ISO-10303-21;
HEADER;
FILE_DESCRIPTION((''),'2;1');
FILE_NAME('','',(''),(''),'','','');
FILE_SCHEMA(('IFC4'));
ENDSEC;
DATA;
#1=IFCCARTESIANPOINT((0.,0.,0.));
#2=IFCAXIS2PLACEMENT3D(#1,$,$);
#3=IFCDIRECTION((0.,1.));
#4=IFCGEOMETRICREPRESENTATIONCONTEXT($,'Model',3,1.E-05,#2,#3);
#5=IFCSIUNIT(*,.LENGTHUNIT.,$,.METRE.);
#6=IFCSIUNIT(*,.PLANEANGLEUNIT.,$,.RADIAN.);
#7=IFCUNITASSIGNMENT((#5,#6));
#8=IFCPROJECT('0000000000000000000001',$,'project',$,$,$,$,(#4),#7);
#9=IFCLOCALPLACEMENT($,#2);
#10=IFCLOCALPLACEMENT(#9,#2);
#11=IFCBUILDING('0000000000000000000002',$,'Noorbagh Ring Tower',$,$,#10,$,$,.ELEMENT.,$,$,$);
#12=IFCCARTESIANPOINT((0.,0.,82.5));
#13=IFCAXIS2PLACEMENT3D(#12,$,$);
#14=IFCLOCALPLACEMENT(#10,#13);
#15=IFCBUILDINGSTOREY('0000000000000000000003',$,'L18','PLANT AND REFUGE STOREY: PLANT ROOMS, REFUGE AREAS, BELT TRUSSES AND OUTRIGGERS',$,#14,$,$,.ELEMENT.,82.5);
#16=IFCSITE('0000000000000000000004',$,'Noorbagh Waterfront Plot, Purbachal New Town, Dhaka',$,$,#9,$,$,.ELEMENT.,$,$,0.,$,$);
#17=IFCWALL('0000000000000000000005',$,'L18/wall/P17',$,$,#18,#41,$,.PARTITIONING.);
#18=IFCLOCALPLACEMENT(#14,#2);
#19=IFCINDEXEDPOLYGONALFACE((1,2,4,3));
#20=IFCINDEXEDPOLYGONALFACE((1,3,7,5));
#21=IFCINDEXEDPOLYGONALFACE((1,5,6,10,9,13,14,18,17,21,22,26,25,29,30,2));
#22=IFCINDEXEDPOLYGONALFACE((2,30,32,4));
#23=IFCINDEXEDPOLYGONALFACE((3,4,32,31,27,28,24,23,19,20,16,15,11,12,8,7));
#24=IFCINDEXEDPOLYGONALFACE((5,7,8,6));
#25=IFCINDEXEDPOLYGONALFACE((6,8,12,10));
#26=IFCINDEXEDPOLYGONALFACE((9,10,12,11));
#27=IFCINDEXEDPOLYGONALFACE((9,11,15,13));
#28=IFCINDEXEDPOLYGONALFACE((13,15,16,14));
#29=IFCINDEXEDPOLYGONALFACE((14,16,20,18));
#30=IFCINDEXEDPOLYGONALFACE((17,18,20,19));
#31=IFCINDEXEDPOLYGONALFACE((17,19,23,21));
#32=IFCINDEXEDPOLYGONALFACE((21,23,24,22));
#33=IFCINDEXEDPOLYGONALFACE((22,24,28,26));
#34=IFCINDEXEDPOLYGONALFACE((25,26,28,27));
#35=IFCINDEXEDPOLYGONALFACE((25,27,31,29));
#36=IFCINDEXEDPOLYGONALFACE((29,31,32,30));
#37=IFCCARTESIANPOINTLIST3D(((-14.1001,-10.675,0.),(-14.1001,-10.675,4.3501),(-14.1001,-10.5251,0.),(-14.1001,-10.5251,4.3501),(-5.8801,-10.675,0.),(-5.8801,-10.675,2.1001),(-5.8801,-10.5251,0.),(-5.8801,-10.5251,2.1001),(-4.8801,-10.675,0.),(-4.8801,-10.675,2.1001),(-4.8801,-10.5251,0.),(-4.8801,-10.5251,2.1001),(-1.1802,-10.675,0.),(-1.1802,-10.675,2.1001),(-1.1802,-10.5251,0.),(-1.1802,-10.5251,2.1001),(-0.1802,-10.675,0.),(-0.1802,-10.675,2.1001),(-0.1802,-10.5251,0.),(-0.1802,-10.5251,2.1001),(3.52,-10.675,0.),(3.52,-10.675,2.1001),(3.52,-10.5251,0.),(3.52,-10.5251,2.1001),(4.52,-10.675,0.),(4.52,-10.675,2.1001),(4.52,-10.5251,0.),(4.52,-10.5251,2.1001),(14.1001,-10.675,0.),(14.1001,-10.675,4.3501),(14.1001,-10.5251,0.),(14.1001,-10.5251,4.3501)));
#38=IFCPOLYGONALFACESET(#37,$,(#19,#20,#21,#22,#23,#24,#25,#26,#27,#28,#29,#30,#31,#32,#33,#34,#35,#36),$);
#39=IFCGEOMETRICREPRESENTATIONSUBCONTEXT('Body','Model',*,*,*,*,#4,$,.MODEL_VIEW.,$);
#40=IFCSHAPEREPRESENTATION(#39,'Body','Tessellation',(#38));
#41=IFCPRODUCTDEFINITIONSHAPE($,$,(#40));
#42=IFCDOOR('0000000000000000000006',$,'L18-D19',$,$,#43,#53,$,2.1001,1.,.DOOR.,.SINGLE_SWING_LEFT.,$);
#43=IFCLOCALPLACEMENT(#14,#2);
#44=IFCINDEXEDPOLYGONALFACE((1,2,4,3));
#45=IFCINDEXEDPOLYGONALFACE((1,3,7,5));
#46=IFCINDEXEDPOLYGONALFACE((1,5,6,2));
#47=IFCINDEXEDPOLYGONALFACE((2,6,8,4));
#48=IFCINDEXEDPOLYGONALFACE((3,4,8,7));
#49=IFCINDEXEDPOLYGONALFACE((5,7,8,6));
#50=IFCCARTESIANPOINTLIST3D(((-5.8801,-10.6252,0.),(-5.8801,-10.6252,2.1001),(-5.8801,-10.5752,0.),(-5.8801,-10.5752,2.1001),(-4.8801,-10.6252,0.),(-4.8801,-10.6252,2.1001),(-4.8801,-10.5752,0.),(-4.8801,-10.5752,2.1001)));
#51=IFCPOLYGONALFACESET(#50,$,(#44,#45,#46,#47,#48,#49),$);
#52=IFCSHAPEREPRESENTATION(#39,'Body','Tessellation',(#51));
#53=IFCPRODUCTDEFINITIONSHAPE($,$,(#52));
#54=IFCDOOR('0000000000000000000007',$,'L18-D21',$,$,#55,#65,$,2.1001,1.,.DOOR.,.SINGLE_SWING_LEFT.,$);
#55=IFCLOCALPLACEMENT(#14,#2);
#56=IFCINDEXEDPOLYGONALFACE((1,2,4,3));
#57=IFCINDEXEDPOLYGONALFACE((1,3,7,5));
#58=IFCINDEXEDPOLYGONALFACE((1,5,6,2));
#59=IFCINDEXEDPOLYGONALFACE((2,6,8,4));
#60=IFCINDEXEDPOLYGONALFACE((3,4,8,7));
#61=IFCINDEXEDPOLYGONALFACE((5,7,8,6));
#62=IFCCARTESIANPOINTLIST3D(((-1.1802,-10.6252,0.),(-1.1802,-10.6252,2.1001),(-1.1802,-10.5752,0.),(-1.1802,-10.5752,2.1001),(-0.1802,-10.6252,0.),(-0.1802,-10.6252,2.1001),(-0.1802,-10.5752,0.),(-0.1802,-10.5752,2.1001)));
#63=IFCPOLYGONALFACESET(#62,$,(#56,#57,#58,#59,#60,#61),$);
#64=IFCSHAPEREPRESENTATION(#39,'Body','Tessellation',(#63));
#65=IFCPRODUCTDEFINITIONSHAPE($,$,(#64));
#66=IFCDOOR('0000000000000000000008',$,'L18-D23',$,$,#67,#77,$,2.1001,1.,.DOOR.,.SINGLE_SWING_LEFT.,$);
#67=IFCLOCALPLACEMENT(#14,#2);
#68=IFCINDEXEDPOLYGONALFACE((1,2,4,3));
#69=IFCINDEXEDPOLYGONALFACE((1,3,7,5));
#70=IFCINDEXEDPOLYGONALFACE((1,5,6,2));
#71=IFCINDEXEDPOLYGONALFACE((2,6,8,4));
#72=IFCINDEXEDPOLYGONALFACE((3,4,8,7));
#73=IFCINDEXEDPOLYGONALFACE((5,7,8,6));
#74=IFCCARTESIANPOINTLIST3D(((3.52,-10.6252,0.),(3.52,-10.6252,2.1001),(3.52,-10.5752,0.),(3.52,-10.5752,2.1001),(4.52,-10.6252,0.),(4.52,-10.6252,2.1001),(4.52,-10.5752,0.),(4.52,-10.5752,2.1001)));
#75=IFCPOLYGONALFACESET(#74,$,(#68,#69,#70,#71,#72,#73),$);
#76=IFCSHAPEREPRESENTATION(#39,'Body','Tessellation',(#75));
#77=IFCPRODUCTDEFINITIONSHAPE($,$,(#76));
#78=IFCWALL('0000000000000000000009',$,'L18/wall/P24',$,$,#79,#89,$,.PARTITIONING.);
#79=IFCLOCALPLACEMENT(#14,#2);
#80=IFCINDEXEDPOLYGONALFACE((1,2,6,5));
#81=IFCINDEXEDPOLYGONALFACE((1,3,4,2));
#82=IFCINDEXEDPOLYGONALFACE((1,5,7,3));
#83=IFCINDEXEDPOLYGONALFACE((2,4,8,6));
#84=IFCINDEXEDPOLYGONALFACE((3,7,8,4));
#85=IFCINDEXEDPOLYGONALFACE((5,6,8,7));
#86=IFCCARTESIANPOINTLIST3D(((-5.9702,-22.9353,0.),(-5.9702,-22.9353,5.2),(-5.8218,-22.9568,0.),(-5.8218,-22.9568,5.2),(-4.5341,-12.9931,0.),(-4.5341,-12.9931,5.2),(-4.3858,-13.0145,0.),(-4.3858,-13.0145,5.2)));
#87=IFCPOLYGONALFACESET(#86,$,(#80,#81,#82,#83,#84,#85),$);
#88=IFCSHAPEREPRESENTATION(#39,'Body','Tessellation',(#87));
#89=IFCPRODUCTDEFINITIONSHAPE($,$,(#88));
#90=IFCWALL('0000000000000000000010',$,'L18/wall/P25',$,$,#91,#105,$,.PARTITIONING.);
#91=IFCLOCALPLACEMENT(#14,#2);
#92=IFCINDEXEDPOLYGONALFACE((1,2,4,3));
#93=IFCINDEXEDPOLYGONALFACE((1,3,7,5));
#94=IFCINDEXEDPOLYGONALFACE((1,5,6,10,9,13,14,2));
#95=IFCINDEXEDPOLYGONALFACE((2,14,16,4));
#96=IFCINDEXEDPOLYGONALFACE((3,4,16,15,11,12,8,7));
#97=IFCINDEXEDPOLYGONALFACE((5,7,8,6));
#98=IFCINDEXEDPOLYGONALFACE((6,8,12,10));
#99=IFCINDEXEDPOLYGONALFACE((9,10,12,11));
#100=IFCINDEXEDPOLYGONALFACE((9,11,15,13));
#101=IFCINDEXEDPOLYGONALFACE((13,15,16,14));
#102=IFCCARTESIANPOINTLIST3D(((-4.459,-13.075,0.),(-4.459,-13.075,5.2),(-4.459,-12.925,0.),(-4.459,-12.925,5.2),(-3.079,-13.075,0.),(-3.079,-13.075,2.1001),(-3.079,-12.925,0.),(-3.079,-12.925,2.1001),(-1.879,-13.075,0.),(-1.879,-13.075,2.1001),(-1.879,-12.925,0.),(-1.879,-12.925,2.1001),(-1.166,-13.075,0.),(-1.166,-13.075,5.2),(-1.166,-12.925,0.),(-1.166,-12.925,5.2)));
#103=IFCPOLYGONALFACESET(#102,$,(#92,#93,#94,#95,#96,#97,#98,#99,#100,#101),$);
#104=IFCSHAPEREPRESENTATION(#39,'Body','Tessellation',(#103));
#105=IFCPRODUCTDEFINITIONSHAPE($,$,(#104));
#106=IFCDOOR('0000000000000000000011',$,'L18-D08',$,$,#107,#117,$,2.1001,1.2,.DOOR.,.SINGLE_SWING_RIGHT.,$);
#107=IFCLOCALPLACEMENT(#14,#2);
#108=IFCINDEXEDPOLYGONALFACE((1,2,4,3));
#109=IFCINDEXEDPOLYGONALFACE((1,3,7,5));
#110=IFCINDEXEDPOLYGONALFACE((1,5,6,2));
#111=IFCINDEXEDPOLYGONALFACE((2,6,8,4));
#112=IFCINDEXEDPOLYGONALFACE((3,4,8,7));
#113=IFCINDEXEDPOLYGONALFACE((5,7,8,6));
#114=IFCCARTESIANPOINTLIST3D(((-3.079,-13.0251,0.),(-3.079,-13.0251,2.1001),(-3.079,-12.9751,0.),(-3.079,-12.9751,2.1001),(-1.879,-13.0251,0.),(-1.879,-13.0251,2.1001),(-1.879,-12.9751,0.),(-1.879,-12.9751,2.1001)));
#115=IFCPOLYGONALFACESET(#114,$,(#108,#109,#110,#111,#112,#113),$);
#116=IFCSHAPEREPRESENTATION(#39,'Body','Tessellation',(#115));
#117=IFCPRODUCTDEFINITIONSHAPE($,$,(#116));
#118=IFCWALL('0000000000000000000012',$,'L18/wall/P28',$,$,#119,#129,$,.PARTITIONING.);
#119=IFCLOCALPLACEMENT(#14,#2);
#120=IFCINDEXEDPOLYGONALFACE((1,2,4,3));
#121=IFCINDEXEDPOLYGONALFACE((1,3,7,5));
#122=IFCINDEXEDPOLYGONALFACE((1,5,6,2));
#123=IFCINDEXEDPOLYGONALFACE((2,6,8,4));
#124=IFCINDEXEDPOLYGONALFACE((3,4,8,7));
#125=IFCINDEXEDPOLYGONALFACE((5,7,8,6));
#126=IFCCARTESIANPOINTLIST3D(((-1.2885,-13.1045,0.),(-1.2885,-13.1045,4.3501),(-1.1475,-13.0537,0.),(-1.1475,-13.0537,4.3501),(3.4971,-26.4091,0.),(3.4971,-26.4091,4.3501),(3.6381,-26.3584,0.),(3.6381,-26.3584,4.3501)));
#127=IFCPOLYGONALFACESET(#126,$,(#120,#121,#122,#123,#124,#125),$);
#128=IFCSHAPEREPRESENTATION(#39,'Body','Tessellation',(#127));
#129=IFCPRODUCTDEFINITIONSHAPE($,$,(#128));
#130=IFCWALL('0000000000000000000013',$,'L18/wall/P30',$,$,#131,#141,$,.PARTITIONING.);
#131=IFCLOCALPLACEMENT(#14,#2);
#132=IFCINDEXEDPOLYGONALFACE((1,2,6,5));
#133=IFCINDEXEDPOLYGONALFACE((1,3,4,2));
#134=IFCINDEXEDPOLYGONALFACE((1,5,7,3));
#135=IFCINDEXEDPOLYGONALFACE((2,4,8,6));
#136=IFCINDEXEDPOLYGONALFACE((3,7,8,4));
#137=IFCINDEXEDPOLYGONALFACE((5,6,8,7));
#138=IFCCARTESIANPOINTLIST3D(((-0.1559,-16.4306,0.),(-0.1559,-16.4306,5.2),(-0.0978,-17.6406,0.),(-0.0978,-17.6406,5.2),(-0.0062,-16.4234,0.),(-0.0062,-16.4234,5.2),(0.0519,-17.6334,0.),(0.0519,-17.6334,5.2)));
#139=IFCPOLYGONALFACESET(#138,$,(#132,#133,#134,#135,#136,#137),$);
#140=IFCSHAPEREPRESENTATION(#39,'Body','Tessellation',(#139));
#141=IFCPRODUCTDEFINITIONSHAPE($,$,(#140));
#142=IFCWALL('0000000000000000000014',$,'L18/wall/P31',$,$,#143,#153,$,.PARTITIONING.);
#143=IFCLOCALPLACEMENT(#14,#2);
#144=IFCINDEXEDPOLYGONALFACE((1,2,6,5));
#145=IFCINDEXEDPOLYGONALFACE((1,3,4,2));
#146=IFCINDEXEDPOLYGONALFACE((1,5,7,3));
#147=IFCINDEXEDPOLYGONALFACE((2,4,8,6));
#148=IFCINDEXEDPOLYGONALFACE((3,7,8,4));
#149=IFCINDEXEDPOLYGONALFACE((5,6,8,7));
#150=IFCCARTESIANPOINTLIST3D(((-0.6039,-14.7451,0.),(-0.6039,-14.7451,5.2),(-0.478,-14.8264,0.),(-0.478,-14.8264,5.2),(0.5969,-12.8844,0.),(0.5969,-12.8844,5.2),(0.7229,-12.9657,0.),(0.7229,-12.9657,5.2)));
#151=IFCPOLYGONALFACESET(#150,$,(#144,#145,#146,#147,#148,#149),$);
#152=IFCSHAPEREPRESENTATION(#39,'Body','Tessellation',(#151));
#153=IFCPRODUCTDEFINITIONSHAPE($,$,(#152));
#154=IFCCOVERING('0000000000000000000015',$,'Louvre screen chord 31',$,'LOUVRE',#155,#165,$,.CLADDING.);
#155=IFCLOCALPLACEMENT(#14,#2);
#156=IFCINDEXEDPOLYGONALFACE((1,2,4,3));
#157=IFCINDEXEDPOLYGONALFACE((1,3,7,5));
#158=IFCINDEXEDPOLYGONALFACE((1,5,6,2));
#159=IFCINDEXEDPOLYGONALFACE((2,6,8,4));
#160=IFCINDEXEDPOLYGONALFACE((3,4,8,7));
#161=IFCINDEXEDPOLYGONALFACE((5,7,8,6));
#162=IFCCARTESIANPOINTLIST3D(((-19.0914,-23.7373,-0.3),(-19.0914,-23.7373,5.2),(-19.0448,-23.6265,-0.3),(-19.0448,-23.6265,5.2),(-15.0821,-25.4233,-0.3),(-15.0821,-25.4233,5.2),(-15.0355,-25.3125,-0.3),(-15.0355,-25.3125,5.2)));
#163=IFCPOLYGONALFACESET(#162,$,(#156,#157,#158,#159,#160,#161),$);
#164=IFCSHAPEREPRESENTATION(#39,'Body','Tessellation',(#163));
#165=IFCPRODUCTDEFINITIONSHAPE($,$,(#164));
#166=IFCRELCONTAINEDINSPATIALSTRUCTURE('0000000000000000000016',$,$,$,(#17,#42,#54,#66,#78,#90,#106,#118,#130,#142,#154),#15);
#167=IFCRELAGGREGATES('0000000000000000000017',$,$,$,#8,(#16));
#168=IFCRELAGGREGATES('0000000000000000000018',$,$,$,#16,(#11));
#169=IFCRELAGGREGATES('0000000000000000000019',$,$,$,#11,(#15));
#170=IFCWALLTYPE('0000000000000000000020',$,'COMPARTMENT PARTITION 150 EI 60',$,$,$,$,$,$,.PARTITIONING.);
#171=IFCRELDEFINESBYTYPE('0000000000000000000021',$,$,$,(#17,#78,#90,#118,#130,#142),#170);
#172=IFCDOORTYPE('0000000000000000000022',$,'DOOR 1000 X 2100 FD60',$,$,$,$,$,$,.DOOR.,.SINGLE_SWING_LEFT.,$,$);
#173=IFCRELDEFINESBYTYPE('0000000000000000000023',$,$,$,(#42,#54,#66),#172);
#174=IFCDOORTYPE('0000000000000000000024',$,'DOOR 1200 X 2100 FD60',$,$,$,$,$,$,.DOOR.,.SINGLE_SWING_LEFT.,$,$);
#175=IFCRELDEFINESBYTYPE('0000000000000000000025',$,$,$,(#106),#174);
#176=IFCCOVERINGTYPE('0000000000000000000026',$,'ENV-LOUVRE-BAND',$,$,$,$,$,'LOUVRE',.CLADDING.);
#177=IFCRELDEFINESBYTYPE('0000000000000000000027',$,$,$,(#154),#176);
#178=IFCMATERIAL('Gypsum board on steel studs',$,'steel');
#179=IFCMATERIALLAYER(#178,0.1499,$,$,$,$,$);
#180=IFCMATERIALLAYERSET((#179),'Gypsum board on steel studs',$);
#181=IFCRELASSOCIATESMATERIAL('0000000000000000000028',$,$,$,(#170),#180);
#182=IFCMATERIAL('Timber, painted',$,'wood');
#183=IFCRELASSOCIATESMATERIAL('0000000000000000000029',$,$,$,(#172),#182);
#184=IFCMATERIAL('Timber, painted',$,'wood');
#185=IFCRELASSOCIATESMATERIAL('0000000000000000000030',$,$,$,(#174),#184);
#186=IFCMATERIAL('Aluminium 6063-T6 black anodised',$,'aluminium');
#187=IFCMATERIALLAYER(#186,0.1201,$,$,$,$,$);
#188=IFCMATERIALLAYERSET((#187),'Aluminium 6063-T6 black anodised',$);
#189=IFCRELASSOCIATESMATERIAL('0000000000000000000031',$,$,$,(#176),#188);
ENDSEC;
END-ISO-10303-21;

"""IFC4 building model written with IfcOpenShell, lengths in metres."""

from ifc_helpers import new_model, si_unit, direction, frame, frame_2d, origin, origin_2d, place, context, subcontext, project, spatial, rectangle, extrude, material, layer, layer_set, type_object, element, fill, save


model = new_model("IFC4")

# Units and contexts
model_context = context("Model", 3, precision=1e-05, world=origin(), true_north=direction((0.0, 1.0)))
body_context = subcontext(model_context, "Body", "Model", "MODEL_VIEW")
ifc_project = project(units=[si_unit("LENGTHUNIT", "METRE"), si_unit("PLANEANGLEUNIT", "RADIAN")], contexts=[model_context])

# Site, building, storey
site_placement = place(None, origin())
site = spatial("IfcSite", under=ifc_project, at=site_placement, Name="Noorbagh Waterfront Plot, Purbachal New Town, Dhaka", CompositionType="ELEMENT", RefElevation=0.0)
building_placement = place(site_placement, origin())
building = spatial("IfcBuilding", under=site, at=building_placement, Name="Noorbagh Ring Tower", CompositionType="ELEMENT")
storey_placement = place(building_placement, frame((0.0, 0.0, 82.5)))
storey = spatial("IfcBuildingStorey", under=building, at=storey_placement, Name="L18", Description="PLANT AND REFUGE STOREY: PLANT ROOMS, REFUGE AREAS, BELT TRUSSES AND OUTRIGGERS", CompositionType="ELEMENT", Elevation=82.5)

# Shared definitions
ifc_material_1 = material(Name="Gypsum board on steel studs", Category="steel")
ifc_layer_1 = layer(ifc_material_1, 0.1499)
ifc_layer_set_1 = layer_set([ifc_layer_1], Name="Gypsum board on steel studs")
wall_type = type_object("IfcWallType", Name="COMPARTMENT PARTITION 150 EI 60", PredefinedType="PARTITIONING", material=ifc_layer_set_1)

# Shared definitions
ifc_material_2 = material(Name="Timber, painted", Category="wood")
door_type_1 = type_object("IfcDoorType", Name="DOOR 1000 X 2100 FD60", OperationType="SINGLE_SWING_LEFT", PredefinedType="DOOR", material=ifc_material_2)
ifc_material_3 = material(Name="Timber, painted", Category="wood")
door_type_2 = type_object("IfcDoorType", Name="DOOR 1200 X 2100 FD60", OperationType="SINGLE_SWING_LEFT", PredefinedType="DOOR", material=ifc_material_3)

# Wall, openings, doors
wall_1_placement = place(storey_placement, frame((-14.1001, -10.6001, 0.0), z_axis=(0.0, 0.0, 1.0), x_axis=(1.0, 0.0, 0.0)))
wall_1 = element("IfcWall", 1, at=wall_1_placement, inside=storey, type_object=wall_type, Name="L18/wall/P17", PredefinedType="PARTITIONING", context=body_context, shape_type="SweptSolid", body=[
    extrude(rectangle(XDim=28.2002, YDim=0.1499, at=frame_2d((14.1001, 0.0))), origin(), (0.0, 0.0, 1.0), 4.3501),
])
opening_1_placement = place(wall_1_placement, frame((8.22, 0.0, 0.0)))
opening_1 = element("IfcOpeningElement", 2, at=opening_1_placement, cuts=wall_1, PredefinedType="OPENING", context=body_context, shape_type="SweptSolid", body=[
    extrude(rectangle(XDim=1.0, YDim=2.1001, at=frame_2d((0.5, 1.05))), frame((0.0, 0.085, 0.0), z_axis=(0.0, -1.0, 0.0), x_axis=(1.0, 0.0, 0.0)), (0.0, 0.0, 1.0), 0.1699),
])
opening_2_placement = place(wall_1_placement, frame((12.9199, 0.0, 0.0)))
opening_2 = element("IfcOpeningElement", 3, at=opening_2_placement, cuts=wall_1, PredefinedType="OPENING", context=body_context, shape_type="SweptSolid", body=[
    extrude(rectangle(XDim=1.0, YDim=2.1001, at=frame_2d((0.5, 1.05))), frame((0.0, 0.085, 0.0), z_axis=(0.0, -1.0, 0.0), x_axis=(1.0, 0.0, 0.0)), (0.0, 0.0, 1.0), 0.1699),
])
opening_3_placement = place(wall_1_placement, frame((17.6201, 0.0, 0.0)))
opening_3 = element("IfcOpeningElement", 4, at=opening_3_placement, cuts=wall_1, PredefinedType="OPENING", context=body_context, shape_type="SweptSolid", body=[
    extrude(rectangle(XDim=1.0, YDim=2.1001, at=frame_2d((0.5, 1.05))), frame((0.0, 0.085, 0.0), z_axis=(0.0, -1.0, 0.0), x_axis=(1.0, 0.0, 0.0)), (0.0, 0.0, 1.0), 0.1699),
])
door_1_placement = place(opening_1_placement, origin())
door_1 = element("IfcDoor", 5, at=door_1_placement, inside=storey, type_object=door_type_1, Name="L18-D19", OperationType="SINGLE_SWING_LEFT", OverallHeight=2.1001, OverallWidth=1.0, PredefinedType="DOOR", context=body_context, shape_type="SweptSolid", body=[
    extrude(rectangle(XDim=1.0, YDim=2.1001, at=frame_2d((0.5, 1.05))), frame((0.0, 0.0249, 0.0), z_axis=(0.0, -1.0, 0.0), x_axis=(1.0, 0.0, 0.0)), (0.0, 0.0, 1.0), 0.05),
])
fill(opening_1, door_1)
door_2_placement = place(opening_2_placement, origin())
door_2 = element("IfcDoor", 6, at=door_2_placement, inside=storey, type_object=door_type_1, Name="L18-D21", OperationType="SINGLE_SWING_LEFT", OverallHeight=2.1001, OverallWidth=1.0, PredefinedType="DOOR", context=body_context, shape_type="SweptSolid", body=[
    extrude(rectangle(XDim=1.0, YDim=2.1001, at=frame_2d((0.5, 1.05))), frame((0.0, 0.0249, 0.0), z_axis=(0.0, -1.0, 0.0), x_axis=(1.0, 0.0, 0.0)), (0.0, 0.0, 1.0), 0.05),
])
fill(opening_2, door_2)
door_3_placement = place(opening_3_placement, origin())
door_3 = element("IfcDoor", 7, at=door_3_placement, inside=storey, type_object=door_type_1, Name="L18-D23", OperationType="SINGLE_SWING_LEFT", OverallHeight=2.1001, OverallWidth=1.0, PredefinedType="DOOR", context=body_context, shape_type="SweptSolid", body=[
    extrude(rectangle(XDim=1.0, YDim=2.1001, at=frame_2d((0.5, 1.05))), frame((0.0, 0.0249, 0.0), z_axis=(0.0, -1.0, 0.0), x_axis=(1.0, 0.0, 0.0)), (0.0, 0.0, 1.0), 0.05),
])
fill(opening_3, door_3)

# Wall
wall_2_placement = place(storey_placement, frame((-5.896, -22.946, 0.0), z_axis=(0.0, 0.0, 1.0), x_axis=(0.142956, 0.989729, 0.0)))
element("IfcWall", 8, at=wall_2_placement, inside=storey, type_object=wall_type, Name="L18/wall/P24", PredefinedType="PARTITIONING", context=body_context, shape_type="SweptSolid", body=[
    extrude(rectangle(XDim=10.0454, YDim=0.1499, at=frame_2d((5.0227, 0.0))), origin(), (0.0, 0.0, 1.0), 5.2),
])

# Wall, opening, door
wall_3_placement = place(storey_placement, frame((-4.459, -13.0, 0.0), z_axis=(0.0, 0.0, 1.0), x_axis=(1.0, 0.0, 0.0)))
wall_3 = element("IfcWall", 9, at=wall_3_placement, inside=storey, type_object=wall_type, Name="L18/wall/P25", PredefinedType="PARTITIONING", context=body_context, shape_type="SweptSolid", body=[
    extrude(rectangle(XDim=3.293, YDim=0.1499, at=frame_2d((1.6465, 0.0))), origin(), (0.0, 0.0, 1.0), 5.2),
])
opening_4_placement = place(wall_3_placement, frame((1.3799, 0.0, 0.0)))
opening_4 = element("IfcOpeningElement", 10, at=opening_4_placement, cuts=wall_3, PredefinedType="OPENING", context=body_context, shape_type="SweptSolid", body=[
    extrude(rectangle(XDim=1.2, YDim=2.1001, at=frame_2d((0.6001, 1.05))), frame((0.0, 0.085, 0.0), z_axis=(0.0, -1.0, 0.0), x_axis=(1.0, 0.0, 0.0)), (0.0, 0.0, 1.0), 0.1699),
])
door_4_placement = place(opening_4_placement, origin())
door_4 = element("IfcDoor", 11, at=door_4_placement, inside=storey, type_object=door_type_2, Name="L18-D08", OperationType="SINGLE_SWING_RIGHT", OverallHeight=2.1001, OverallWidth=1.2, PredefinedType="DOOR", context=body_context, shape_type="SweptSolid", body=[
    extrude(rectangle(XDim=1.2, YDim=2.1001, at=frame_2d((0.6001, 1.05))), frame((0.0, 0.0249, 0.0), z_axis=(0.0, -1.0, 0.0), x_axis=(1.0, 0.0, 0.0)), (0.0, 0.0, 1.0), 0.05),
])
fill(opening_4, door_4)

# Walls
wall_4_placement = place(storey_placement, frame((-1.218, -13.0791, 0.0), z_axis=(0.0, 0.0, 1.0), x_axis=(0.338466, -0.940979, 0.0)))
element("IfcWall", 12, at=wall_4_placement, inside=storey, type_object=wall_type, Name="L18/wall/P28", PredefinedType="PARTITIONING", context=body_context, shape_type="SweptSolid", body=[
    extrude(rectangle(XDim=14.1392, YDim=0.1499, at=frame_2d((7.0696, 0.0))), origin(), (0.0, 0.0, 1.0), 4.3501),
])
wall_5_placement = place(storey_placement, frame((-0.0811, -16.427, 0.0), z_axis=(0.0, 0.0, 1.0), x_axis=(0.047967, -0.998849, 0.0)))
element("IfcWall", 13, at=wall_5_placement, inside=storey, type_object=wall_type, Name="L18/wall/P30", PredefinedType="PARTITIONING", context=body_context, shape_type="SweptSolid", body=[
    extrude(rectangle(XDim=1.2114, YDim=0.1499, at=frame_2d((0.6057, 0.0))), origin(), (0.0, 0.0, 1.0), 5.2),
])
wall_6_placement = place(storey_placement, frame((-0.541, -14.7859, 0.0), z_axis=(0.0, 0.0, 1.0), x_axis=(0.54225, 0.840217, 0.0)))
element("IfcWall", 14, at=wall_6_placement, inside=storey, type_object=wall_type, Name="L18/wall/P31", PredefinedType="PARTITIONING", context=body_context, shape_type="SweptSolid", body=[
    extrude(rectangle(XDim=2.2146, YDim=0.1499, at=frame_2d((1.1074, 0.0))), origin(), (0.0, 0.0, 1.0), 5.2),
])

# Covering
ifc_material_4 = material(Name="Aluminium 6063-T6 black anodised", Category="aluminium")
ifc_layer_2 = layer(ifc_material_4, 0.1201)
ifc_layer_set_2 = layer_set([ifc_layer_2], Name="Aluminium 6063-T6 black anodised")
covering_type_1 = type_object("IfcCoveringType", Name="ENV-LOUVRE-BAND", ElementType="LOUVRE", PredefinedType="CLADDING", material=ifc_layer_set_2)
covering_1_placement = place(storey_placement, frame((-17.0635, -24.5249, -0.3), z_axis=(0.0, 0.0, 1.0), x_axis=(0.921812, -0.387638, 0.0)))
element("IfcCovering", 15, at=covering_1_placement, inside=storey, type_object=covering_type_1, Name="Louvre screen chord 31", ObjectType="LOUVRE", PredefinedType="CLADDING", context=body_context, shape_type="SweptSolid", body=[
    extrude(rectangle(XDim=4.3494, YDim=0.1201, at=origin_2d()), origin(), (0.0, 0.0, 1.0), 5.5),
])

save(model, "model.ifc")
